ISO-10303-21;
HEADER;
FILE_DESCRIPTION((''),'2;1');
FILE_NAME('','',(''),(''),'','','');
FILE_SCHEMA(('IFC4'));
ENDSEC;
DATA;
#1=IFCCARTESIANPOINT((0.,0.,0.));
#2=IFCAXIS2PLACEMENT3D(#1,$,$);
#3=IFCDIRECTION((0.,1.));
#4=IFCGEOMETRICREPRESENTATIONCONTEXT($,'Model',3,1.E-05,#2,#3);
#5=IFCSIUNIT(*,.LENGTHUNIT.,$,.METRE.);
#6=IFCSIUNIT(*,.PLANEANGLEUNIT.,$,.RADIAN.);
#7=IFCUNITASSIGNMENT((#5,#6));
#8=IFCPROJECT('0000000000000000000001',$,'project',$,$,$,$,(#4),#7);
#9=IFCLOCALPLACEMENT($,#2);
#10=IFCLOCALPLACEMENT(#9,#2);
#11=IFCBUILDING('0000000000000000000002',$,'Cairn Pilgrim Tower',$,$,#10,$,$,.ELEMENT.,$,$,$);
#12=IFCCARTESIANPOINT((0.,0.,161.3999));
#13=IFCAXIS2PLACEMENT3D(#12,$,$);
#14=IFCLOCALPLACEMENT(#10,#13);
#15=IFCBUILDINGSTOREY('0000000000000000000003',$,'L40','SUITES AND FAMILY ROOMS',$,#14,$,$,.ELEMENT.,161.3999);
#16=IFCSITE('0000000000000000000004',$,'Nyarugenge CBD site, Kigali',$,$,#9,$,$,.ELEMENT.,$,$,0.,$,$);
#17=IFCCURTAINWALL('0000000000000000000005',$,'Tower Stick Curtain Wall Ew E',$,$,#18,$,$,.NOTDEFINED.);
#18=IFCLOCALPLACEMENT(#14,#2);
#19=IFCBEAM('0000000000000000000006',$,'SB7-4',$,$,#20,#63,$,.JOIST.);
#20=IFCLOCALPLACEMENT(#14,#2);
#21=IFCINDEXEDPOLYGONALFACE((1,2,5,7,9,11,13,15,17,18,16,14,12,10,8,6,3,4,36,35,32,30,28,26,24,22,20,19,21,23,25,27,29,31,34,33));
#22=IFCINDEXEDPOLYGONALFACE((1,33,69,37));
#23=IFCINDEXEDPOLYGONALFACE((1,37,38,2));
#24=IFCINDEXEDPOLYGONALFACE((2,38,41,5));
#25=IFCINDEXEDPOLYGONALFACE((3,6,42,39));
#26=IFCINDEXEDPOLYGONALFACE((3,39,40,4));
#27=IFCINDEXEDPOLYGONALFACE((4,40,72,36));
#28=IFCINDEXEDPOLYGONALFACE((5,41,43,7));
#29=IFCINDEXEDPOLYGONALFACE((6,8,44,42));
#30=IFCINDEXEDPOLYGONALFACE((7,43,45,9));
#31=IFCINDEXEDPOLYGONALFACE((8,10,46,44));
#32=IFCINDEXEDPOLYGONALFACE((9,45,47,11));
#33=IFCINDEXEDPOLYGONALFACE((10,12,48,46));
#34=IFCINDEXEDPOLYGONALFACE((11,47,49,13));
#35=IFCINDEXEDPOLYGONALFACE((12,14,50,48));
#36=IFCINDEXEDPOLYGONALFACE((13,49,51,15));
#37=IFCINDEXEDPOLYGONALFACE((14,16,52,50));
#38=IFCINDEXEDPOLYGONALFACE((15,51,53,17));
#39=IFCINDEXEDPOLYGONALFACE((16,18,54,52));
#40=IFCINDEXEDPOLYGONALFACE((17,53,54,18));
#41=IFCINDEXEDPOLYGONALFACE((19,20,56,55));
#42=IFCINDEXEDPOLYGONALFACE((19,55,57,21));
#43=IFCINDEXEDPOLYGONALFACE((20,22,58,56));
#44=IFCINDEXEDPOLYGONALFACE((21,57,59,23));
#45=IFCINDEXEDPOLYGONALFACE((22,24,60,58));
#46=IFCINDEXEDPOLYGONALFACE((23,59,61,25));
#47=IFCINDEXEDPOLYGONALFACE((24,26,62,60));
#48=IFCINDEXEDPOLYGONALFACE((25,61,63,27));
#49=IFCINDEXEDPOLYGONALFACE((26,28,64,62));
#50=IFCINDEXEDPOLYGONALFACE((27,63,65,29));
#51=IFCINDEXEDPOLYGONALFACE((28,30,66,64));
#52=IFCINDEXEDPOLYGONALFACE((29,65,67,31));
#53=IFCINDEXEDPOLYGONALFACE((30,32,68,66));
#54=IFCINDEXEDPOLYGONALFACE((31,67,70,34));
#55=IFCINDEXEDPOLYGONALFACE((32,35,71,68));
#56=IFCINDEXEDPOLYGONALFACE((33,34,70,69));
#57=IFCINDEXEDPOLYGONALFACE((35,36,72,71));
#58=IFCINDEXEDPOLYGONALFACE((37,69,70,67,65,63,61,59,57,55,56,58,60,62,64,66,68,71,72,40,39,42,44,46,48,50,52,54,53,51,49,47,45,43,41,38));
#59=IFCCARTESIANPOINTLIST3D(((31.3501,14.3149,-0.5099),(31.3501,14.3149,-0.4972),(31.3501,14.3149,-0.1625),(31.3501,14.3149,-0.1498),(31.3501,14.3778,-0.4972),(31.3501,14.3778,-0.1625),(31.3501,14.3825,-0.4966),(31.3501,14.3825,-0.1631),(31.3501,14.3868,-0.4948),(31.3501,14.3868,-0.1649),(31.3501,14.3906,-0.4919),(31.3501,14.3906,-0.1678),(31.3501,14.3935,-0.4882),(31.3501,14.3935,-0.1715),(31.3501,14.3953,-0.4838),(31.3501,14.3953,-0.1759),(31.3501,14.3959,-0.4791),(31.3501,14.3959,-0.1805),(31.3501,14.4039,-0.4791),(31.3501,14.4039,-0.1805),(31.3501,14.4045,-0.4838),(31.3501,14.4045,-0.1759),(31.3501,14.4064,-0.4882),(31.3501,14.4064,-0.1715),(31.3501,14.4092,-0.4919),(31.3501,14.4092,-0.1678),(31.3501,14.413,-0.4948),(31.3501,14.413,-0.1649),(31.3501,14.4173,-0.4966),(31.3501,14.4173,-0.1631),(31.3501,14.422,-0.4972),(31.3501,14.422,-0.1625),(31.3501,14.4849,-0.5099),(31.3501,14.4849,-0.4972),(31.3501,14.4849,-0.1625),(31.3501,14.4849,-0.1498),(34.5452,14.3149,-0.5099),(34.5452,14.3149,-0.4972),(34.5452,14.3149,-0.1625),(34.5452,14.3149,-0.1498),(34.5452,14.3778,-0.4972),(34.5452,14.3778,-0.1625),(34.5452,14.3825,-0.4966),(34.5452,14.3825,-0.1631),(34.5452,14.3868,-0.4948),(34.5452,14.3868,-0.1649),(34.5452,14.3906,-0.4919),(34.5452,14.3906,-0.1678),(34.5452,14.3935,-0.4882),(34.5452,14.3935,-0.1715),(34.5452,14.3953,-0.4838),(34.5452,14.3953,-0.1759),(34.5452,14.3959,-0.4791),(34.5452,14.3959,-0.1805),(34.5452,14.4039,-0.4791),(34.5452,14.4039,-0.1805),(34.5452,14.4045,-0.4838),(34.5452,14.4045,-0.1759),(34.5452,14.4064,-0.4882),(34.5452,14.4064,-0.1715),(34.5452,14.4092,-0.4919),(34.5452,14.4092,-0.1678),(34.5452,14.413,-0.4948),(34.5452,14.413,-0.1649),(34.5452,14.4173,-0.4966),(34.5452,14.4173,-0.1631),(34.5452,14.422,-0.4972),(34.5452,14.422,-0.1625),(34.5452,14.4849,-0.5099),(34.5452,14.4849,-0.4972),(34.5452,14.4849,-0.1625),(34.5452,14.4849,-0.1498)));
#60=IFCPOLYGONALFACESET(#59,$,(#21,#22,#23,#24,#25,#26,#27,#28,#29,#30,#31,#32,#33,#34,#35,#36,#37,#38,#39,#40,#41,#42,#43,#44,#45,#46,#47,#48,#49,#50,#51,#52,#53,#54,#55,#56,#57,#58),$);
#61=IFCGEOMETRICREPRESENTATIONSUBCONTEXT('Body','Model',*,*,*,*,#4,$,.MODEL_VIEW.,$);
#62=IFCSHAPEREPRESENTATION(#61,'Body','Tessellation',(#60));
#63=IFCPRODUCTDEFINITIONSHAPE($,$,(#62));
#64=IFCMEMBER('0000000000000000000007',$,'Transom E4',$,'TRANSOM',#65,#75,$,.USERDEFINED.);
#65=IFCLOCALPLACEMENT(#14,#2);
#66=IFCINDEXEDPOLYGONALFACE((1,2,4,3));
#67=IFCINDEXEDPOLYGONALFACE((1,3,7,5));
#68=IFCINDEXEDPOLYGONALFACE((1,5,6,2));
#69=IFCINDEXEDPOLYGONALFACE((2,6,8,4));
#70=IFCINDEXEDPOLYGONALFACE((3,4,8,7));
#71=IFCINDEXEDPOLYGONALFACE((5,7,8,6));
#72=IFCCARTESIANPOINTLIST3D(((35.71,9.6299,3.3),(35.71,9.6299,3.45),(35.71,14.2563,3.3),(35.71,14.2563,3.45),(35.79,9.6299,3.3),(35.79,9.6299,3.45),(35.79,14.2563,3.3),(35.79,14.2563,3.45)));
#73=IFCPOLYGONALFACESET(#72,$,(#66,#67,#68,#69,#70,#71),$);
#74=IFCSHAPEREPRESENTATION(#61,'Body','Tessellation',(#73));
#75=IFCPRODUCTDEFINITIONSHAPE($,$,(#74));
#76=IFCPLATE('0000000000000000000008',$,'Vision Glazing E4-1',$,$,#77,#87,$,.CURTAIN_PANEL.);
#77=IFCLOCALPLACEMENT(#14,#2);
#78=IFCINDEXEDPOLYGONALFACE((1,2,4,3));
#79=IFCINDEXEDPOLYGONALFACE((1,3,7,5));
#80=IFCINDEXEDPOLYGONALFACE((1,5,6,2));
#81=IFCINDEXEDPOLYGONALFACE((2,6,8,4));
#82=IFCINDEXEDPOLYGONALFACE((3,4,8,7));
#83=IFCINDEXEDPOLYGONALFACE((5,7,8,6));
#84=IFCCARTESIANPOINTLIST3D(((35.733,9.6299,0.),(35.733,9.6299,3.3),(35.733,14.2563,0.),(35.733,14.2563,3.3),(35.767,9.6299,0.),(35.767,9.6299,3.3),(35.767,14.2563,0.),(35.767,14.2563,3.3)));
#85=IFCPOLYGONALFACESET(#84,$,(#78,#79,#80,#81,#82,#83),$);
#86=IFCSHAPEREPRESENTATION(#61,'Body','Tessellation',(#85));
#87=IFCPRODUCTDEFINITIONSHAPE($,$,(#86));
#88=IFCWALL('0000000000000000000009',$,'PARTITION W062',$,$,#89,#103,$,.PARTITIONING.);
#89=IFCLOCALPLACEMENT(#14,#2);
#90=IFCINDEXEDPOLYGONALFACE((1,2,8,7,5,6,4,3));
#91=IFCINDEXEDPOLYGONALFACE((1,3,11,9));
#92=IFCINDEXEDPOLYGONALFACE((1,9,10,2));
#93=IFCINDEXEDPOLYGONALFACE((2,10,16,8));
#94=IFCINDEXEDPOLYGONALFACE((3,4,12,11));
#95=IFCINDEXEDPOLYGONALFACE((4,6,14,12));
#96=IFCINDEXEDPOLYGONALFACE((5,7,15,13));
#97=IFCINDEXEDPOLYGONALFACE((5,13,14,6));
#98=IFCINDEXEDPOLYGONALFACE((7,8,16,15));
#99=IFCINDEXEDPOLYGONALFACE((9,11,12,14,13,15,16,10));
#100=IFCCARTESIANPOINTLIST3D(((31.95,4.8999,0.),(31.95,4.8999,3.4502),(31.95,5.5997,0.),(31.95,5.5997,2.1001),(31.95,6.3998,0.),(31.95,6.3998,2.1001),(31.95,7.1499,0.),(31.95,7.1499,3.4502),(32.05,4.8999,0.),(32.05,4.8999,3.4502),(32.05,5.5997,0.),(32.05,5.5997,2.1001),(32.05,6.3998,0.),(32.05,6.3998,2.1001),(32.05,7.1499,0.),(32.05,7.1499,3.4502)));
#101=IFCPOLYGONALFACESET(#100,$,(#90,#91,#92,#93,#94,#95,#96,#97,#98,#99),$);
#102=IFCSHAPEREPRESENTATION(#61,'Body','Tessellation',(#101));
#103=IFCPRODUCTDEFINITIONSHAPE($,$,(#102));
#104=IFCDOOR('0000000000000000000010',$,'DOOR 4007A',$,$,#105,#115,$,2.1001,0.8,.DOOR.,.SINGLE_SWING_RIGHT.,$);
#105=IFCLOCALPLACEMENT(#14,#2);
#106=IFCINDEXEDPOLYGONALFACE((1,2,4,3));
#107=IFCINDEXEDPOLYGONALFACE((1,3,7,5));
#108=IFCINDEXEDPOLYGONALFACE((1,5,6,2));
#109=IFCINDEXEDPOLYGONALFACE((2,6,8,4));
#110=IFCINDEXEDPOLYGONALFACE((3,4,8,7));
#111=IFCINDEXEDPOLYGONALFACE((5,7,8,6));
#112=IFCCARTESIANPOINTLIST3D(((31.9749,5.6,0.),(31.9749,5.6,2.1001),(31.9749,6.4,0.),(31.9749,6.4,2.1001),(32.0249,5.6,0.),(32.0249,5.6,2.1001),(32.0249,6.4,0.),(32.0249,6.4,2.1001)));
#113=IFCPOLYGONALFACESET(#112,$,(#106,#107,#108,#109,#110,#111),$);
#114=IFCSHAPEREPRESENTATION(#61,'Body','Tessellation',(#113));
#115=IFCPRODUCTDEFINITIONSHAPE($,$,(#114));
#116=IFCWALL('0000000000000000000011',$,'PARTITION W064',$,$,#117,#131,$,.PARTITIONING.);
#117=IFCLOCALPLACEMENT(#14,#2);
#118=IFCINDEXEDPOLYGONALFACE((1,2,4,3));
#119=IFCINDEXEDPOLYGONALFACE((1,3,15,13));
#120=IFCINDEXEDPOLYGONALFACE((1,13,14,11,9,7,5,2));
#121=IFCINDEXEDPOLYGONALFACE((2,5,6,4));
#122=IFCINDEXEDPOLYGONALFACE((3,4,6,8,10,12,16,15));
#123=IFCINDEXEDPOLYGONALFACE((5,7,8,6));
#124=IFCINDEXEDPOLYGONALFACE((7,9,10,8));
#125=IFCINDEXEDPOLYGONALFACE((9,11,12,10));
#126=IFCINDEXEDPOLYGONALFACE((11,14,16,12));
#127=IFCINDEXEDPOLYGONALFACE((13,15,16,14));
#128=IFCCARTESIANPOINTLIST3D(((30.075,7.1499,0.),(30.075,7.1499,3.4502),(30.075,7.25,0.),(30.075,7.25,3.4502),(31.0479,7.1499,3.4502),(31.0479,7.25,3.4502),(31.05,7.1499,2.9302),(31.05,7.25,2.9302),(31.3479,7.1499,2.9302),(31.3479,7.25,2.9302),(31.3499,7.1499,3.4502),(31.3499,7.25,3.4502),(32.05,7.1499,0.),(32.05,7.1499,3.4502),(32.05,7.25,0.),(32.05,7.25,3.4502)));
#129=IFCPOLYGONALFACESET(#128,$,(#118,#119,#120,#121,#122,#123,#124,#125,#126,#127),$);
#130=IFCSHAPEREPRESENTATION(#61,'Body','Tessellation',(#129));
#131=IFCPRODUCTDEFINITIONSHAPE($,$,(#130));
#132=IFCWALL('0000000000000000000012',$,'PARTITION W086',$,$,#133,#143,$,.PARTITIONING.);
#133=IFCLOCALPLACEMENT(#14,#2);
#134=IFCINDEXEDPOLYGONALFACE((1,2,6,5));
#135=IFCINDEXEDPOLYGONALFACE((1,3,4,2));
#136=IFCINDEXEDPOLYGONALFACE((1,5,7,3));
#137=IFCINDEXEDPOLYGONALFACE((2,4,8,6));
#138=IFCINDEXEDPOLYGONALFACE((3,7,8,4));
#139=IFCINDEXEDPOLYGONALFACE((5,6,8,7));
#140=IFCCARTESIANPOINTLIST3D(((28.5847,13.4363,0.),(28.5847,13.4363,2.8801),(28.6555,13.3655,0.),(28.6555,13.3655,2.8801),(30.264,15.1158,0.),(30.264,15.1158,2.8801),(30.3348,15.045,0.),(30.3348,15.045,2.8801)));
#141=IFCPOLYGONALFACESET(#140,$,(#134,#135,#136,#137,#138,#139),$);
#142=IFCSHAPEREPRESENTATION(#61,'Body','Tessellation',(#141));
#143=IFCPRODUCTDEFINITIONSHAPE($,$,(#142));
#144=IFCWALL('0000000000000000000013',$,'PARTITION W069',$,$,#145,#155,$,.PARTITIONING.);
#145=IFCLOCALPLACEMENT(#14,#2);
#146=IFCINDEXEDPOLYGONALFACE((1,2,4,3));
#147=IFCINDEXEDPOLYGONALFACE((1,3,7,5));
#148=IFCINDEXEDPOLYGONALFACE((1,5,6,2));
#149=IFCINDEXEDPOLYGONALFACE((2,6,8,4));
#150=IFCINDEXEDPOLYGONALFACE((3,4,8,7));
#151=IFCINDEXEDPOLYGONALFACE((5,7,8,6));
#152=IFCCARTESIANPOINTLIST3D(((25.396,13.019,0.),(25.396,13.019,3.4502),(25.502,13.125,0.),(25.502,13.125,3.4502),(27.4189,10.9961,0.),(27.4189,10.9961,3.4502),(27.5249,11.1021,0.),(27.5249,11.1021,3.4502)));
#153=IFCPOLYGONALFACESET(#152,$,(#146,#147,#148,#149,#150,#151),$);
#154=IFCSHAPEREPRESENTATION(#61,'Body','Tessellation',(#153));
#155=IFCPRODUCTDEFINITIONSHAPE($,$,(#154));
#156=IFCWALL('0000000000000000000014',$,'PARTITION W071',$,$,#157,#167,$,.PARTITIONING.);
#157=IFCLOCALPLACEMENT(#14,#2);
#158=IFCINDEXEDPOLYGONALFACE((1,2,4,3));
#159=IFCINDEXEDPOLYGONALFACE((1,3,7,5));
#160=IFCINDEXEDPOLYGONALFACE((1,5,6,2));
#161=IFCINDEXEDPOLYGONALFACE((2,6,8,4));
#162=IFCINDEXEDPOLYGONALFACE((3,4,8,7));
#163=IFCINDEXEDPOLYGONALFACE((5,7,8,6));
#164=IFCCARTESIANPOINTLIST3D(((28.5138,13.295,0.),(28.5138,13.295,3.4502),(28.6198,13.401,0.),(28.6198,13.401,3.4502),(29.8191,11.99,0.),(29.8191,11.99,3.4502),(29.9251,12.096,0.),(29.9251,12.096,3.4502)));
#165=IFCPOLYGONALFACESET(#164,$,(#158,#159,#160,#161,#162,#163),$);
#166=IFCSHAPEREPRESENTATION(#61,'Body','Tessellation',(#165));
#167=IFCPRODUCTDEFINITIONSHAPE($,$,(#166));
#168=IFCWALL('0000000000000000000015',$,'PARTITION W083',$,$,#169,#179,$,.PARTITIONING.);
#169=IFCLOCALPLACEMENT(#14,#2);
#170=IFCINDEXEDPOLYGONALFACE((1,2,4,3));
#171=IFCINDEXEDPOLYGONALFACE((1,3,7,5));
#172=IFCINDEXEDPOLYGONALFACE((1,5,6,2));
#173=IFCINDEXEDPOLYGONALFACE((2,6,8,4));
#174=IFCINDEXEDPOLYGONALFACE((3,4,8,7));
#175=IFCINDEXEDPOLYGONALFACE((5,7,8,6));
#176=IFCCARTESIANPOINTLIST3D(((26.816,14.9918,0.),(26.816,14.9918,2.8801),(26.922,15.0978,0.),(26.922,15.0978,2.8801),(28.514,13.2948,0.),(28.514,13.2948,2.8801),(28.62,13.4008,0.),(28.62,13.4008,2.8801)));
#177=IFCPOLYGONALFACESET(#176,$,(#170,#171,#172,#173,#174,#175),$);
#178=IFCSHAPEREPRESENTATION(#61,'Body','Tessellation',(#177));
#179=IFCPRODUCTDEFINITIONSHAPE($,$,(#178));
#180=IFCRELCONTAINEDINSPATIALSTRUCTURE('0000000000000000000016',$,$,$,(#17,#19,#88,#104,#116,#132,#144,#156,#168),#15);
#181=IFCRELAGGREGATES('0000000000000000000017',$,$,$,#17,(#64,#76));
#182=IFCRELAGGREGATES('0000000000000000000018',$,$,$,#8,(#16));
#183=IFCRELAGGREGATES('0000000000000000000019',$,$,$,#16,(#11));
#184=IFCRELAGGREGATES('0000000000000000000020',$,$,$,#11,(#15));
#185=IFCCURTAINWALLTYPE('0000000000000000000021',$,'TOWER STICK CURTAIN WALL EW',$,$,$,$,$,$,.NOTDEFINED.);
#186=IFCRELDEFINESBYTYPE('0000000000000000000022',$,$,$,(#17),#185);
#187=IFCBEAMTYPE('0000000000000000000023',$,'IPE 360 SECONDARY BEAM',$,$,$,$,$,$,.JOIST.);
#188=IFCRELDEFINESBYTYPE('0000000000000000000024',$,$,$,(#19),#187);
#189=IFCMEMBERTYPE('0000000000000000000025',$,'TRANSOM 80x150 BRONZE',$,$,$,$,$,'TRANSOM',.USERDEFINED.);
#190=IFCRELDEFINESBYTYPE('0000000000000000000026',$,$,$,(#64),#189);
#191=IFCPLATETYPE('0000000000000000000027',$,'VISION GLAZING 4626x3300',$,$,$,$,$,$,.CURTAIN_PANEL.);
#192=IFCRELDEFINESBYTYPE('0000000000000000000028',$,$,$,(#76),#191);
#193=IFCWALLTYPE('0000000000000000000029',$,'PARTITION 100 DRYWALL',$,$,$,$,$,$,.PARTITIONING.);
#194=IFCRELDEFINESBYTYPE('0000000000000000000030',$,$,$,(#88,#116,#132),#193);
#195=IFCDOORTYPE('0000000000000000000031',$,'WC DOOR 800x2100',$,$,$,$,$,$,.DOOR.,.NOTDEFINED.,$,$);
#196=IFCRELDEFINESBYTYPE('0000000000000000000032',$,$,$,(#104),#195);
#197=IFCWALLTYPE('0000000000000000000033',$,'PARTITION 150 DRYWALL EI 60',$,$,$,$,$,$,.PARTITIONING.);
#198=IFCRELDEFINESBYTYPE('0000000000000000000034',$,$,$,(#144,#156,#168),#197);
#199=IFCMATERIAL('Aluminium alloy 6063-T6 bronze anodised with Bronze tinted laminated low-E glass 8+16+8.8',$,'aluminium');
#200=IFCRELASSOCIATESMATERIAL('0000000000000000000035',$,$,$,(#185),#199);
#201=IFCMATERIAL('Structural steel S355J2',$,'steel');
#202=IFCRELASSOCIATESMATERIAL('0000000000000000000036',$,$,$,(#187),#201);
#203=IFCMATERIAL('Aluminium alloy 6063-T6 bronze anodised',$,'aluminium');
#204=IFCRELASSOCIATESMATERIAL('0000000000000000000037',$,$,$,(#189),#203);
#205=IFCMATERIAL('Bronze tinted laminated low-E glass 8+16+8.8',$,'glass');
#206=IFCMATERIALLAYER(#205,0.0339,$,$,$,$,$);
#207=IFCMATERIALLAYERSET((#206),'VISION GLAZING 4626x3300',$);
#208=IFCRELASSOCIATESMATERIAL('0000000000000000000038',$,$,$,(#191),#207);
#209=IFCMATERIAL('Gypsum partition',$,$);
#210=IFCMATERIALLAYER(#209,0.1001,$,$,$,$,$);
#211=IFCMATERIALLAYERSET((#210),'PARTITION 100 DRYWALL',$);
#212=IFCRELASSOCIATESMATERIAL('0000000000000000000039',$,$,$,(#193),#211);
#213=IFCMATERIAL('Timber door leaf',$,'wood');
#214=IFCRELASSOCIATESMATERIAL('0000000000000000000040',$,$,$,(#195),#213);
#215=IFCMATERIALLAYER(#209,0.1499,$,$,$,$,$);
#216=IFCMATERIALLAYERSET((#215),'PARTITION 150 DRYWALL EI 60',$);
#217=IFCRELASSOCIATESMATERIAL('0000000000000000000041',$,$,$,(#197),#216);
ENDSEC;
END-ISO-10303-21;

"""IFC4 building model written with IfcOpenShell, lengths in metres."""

from ifc_helpers import new_model, si_unit, direction, frame, frame_2d, origin, origin_2d, place, context, subcontext, project, spatial, polyline, rectangle, i_section, outline, extrude, material, layer, layer_set, material_profile, profile_set, type_object, element, fill, aggregate, save


model = new_model("IFC4")

# Units and contexts
model_context = context("Model", 3, precision=1e-05, world=origin(), true_north=direction((0.0, 1.0)))
body_context = subcontext(model_context, "Body", "Model", "MODEL_VIEW")
ifc_project = project(units=[si_unit("LENGTHUNIT", "METRE"), si_unit("PLANEANGLEUNIT", "RADIAN")], contexts=[model_context])

# Site, building, storey
site_placement = place(None, origin())
site = spatial("IfcSite", under=ifc_project, at=site_placement, Name="Nyarugenge CBD site, Kigali", CompositionType="ELEMENT", RefElevation=0.0)
building_placement = place(site_placement, origin())
building = spatial("IfcBuilding", under=site, at=building_placement, Name="Cairn Pilgrim Tower", CompositionType="ELEMENT")
storey_placement = place(building_placement, frame((0.0, 0.0, 161.3999)))
storey = spatial("IfcBuildingStorey", under=building, at=storey_placement, Name="L40", Description="SUITES AND FAMILY ROOMS", CompositionType="ELEMENT", Elevation=161.3999)

# Curtain wall
ifc_material_1 = material(Name="Aluminium alloy 6063-T6 bronze anodised with Bronze tinted laminated low-E glass 8+16+8.8", Category="aluminium")
curtain_wall_type_1 = type_object("IfcCurtainWallType", Name="TOWER STICK CURTAIN WALL EW", PredefinedType="NOTDEFINED", material=ifc_material_1)
curtain_wall_1_placement = place(storey_placement, origin())
curtain_wall_1 = element("IfcCurtainWall", 1, at=curtain_wall_1_placement, inside=storey, type_object=curtain_wall_type_1, Name="Tower Stick Curtain Wall Ew E", PredefinedType="NOTDEFINED")
ifc_material_2 = material(Name="Aluminium alloy 6063-T6 bronze anodised", Category="aluminium")

# Beam
ifc_material_3 = material(Name="Structural steel S355J2", Category="steel")
ifc_material_profile_1 = material_profile(ifc_material_3, i_section(OverallWidth=0.1699, OverallDepth=0.3601, WebThickness=0.0081, FlangeThickness=0.0127, FilletRadius=0.0181, at=origin_2d()), Name="IPE 360")
ifc_profile_set_1 = profile_set([ifc_material_profile_1], Name="Structural steel S355J2")
beam_type_1 = type_object("IfcBeamType", Name="IPE 360 SECONDARY BEAM", PredefinedType="JOIST", material=ifc_profile_set_1)
beam_1_placement = place(storey_placement, frame((31.3501, 14.3999, -0.3298), z_axis=(1.0, 0.0, 0.0), x_axis=(0.0, 1.0, 0.0)))
element("IfcBeam", 2, at=beam_1_placement, inside=storey, type_object=beam_type_1, Name="SB7-4", PredefinedType="JOIST", context=body_context, shape_type="SweptSolid", body=[
    extrude(i_section(OverallWidth=0.1699, OverallDepth=0.3601, WebThickness=0.0081, FlangeThickness=0.0127, FilletRadius=0.0181, at=origin_2d()), origin(), (0.0, 0.0, 1.0), 3.1951),
])

# Member
ifc_material_profile_2 = material_profile(ifc_material_2, rectangle(XDim=0.0801, YDim=0.1499, at=origin_2d()), Name="TRANSOM 80x150 BRONZE")
ifc_profile_set_2 = profile_set([ifc_material_profile_2], Name="Aluminium alloy 6063-T6 bronze anodised")
member_type_1 = type_object("IfcMemberType", Name="TRANSOM 80x150 BRONZE", ElementType="TRANSOM", PredefinedType="USERDEFINED", material=ifc_profile_set_2)
member_1_placement = place(storey_placement, frame((35.75, 9.6299, 3.375), z_axis=(0.0, 1.0, 0.0), x_axis=(-1.0, 0.0, 0.0)))
member_1 = element("IfcMember", 3, at=member_1_placement, type_object=member_type_1, Name="Transom E4", ObjectType="TRANSOM", PredefinedType="USERDEFINED", context=body_context, shape_type="SweptSolid", body=[
    extrude(rectangle(XDim=0.0801, YDim=0.1499, at=origin_2d()), origin(), (0.0, 0.0, 1.0), 4.6265),
])

# Plate
ifc_material_4 = material(Name="Bronze tinted laminated low-E glass 8+16+8.8", Category="glass")
ifc_layer_1 = layer(ifc_material_4, 0.0339)
ifc_layer_set_1 = layer_set([ifc_layer_1], Name="VISION GLAZING 4626x3300")
plate_type = type_object("IfcPlateType", Name="VISION GLAZING 4626x3300", PredefinedType="CURTAIN_PANEL", material=ifc_layer_set_1)
plate_placement = place(storey_placement, frame((35.75, 11.9431, 0.0), z_axis=(0.0, 0.0, 1.0), x_axis=(0.0, 1.0, 0.0)))
plate = element("IfcPlate", 4, at=plate_placement, type_object=plate_type, Name="Vision Glazing E4-1", PredefinedType="CURTAIN_PANEL", context=body_context, shape_type="SweptSolid", body=[
    extrude(rectangle(XDim=4.6265, YDim=0.0339, at=origin_2d()), origin(), (0.0, 0.0, 1.0), 3.3),
])
aggregate(curtain_wall_1, [member_1, plate])

# Wall, opening, door
ifc_material_5 = material(Name="Gypsum partition")
ifc_layer_2 = layer(ifc_material_5, 0.1001)
ifc_layer_set_2 = layer_set([ifc_layer_2], Name="PARTITION 100 DRYWALL")
wall_type_1 = type_object("IfcWallType", Name="PARTITION 100 DRYWALL", PredefinedType="PARTITIONING", material=ifc_layer_set_2)
wall_1_placement = place(storey_placement, frame((32.0, 4.8999, 0.0), z_axis=(0.0, 0.0, 1.0), x_axis=(0.0, 1.0, 0.0)))
wall_1 = element("IfcWall", 5, at=wall_1_placement, inside=storey, type_object=wall_type_1, Name="PARTITION W062", PredefinedType="PARTITIONING", context=body_context, shape_type="SweptSolid", body=[
    extrude(rectangle(XDim=2.25, YDim=0.1001, at=frame_2d((1.125, 0.0))), origin(), (0.0, 0.0, 1.0), 3.4502),
])
opening_1_placement = place(wall_1_placement, frame((0.7, 0.0, 0.0)))
opening_1 = element("IfcOpeningElement", 6, at=opening_1_placement, cuts=wall_1, PredefinedType="OPENING", context=body_context, shape_type="SweptSolid", body=[
    extrude(rectangle(XDim=0.8, YDim=2.1001, at=frame_2d((0.3999, 1.05))), frame((0.0, 0.0601, 0.0), z_axis=(0.0, -1.0, 0.0), x_axis=(1.0, 0.0, 0.0)), (0.0, 0.0, 1.0), 0.1201),
])
ifc_material_6 = material(Name="Timber door leaf", Category="wood")
door_type_1 = type_object("IfcDoorType", Name="WC DOOR 800x2100", OperationType="NOTDEFINED", PredefinedType="DOOR", material=ifc_material_6)
door_1_placement = place(opening_1_placement, frame((0.8, 0.0, 0.0), z_axis=(0.0, 0.0, 1.0), x_axis=(-1.0, 0.0, 0.0)))
door_1 = element("IfcDoor", 7, at=door_1_placement, inside=storey, type_object=door_type_1, Name="DOOR 4007A", OperationType="SINGLE_SWING_RIGHT", OverallHeight=2.1001, OverallWidth=0.8, PredefinedType="DOOR", context=body_context, shape_type="SweptSolid", body=[
    extrude(rectangle(XDim=0.8, YDim=2.1001, at=frame_2d((0.3999, 1.05))), frame((0.0, 0.0249, 0.0), z_axis=(0.0, -1.0, 0.0), x_axis=(1.0, 0.0, 0.0)), (0.0, 0.0, 1.0), 0.05),
])
fill(opening_1, door_1)

# Walls
wall_2_placement = place(storey_placement, frame((30.075, 7.2, 0.0), z_axis=(0.0, 0.0, 1.0), x_axis=(1.0, 0.0, 0.0)))
element("IfcWall", 8, at=wall_2_placement, inside=storey, type_object=wall_type_1, Name="PARTITION W064", PredefinedType="PARTITIONING", context=body_context, shape_type="SweptSolid", body=[
    extrude(outline(polyline([(0.0, 0.0), (1.9751, 0.0), (1.9751, 3.4502), (1.2749, 3.4502), (1.2729, 2.9302), (0.9751, 2.9302), (0.9729, 3.4502), (0.0, 3.4502), (0.0, 0.0)])), frame((0.0, 0.05, 0.0), z_axis=(0.0, -1.0, 0.0), x_axis=(1.0, 0.0, 0.0)), (0.0, 0.0, 1.0), 0.1001),
])
wall_3_placement = place(storey_placement, frame((28.6201, 13.4009, 0.0), z_axis=(0.0, 0.0, 1.0), x_axis=(0.707055, 0.707158, 0.0)))
element("IfcWall", 9, at=wall_3_placement, inside=storey, type_object=wall_type_1, Name="PARTITION W086", PredefinedType="PARTITIONING", context=body_context, shape_type="SweptSolid", body=[
    extrude(rectangle(XDim=2.375, YDim=0.1001, at=frame_2d((1.1875, 0.0))), origin(), (0.0, 0.0, 1.0), 2.8801),
])
ifc_layer_3 = layer(ifc_material_5, 0.1499)
ifc_layer_set_3 = layer_set([ifc_layer_3], Name="PARTITION 150 DRYWALL EI 60")
wall_type_2 = type_object("IfcWallType", Name="PARTITION 150 DRYWALL EI 60", PredefinedType="PARTITIONING", material=ifc_layer_set_3)
wall_4_placement = place(storey_placement, frame((27.4719, 11.0491, 0.0), z_axis=(0.0, 0.0, 1.0), x_axis=(-0.707107, 0.707107, 0.0)))
element("IfcWall", 10, at=wall_4_placement, inside=storey, type_object=wall_type_2, Name="PARTITION W069", PredefinedType="PARTITIONING", context=body_context, shape_type="SweptSolid", body=[
    extrude(rectangle(XDim=2.8608, YDim=0.1499, at=frame_2d((1.4304, 0.0))), origin(), (0.0, 0.0, 1.0), 3.4502),
])
wall_5_placement = place(storey_placement, frame((29.8721, 12.043, 0.0), z_axis=(0.0, 0.0, 1.0), x_axis=(-0.707173, 0.707041, 0.0)))
element("IfcWall", 11, at=wall_5_placement, inside=storey, type_object=wall_type_2, Name="PARTITION W071", PredefinedType="PARTITIONING", context=body_context, shape_type="SweptSolid", body=[
    extrude(rectangle(XDim=1.8457, YDim=0.1499, at=frame_2d((0.9229, 0.0))), origin(), (0.0, 0.0, 1.0), 3.4502),
])
wall_6_placement = place(storey_placement, frame((28.5669, 13.3479, 0.0), z_axis=(0.0, 0.0, 1.0), x_axis=(-0.70731, 0.706903, 0.0)))
element("IfcWall", 12, at=wall_6_placement, inside=storey, type_object=wall_type_2, Name="PARTITION W083", PredefinedType="PARTITIONING", context=body_context, shape_type="SweptSolid", body=[
    extrude(rectangle(XDim=2.4006, YDim=0.1499, at=frame_2d((1.2002, 0.0))), origin(), (0.0, 0.0, 1.0), 2.8801),
])

save(model, "model.ifc")
